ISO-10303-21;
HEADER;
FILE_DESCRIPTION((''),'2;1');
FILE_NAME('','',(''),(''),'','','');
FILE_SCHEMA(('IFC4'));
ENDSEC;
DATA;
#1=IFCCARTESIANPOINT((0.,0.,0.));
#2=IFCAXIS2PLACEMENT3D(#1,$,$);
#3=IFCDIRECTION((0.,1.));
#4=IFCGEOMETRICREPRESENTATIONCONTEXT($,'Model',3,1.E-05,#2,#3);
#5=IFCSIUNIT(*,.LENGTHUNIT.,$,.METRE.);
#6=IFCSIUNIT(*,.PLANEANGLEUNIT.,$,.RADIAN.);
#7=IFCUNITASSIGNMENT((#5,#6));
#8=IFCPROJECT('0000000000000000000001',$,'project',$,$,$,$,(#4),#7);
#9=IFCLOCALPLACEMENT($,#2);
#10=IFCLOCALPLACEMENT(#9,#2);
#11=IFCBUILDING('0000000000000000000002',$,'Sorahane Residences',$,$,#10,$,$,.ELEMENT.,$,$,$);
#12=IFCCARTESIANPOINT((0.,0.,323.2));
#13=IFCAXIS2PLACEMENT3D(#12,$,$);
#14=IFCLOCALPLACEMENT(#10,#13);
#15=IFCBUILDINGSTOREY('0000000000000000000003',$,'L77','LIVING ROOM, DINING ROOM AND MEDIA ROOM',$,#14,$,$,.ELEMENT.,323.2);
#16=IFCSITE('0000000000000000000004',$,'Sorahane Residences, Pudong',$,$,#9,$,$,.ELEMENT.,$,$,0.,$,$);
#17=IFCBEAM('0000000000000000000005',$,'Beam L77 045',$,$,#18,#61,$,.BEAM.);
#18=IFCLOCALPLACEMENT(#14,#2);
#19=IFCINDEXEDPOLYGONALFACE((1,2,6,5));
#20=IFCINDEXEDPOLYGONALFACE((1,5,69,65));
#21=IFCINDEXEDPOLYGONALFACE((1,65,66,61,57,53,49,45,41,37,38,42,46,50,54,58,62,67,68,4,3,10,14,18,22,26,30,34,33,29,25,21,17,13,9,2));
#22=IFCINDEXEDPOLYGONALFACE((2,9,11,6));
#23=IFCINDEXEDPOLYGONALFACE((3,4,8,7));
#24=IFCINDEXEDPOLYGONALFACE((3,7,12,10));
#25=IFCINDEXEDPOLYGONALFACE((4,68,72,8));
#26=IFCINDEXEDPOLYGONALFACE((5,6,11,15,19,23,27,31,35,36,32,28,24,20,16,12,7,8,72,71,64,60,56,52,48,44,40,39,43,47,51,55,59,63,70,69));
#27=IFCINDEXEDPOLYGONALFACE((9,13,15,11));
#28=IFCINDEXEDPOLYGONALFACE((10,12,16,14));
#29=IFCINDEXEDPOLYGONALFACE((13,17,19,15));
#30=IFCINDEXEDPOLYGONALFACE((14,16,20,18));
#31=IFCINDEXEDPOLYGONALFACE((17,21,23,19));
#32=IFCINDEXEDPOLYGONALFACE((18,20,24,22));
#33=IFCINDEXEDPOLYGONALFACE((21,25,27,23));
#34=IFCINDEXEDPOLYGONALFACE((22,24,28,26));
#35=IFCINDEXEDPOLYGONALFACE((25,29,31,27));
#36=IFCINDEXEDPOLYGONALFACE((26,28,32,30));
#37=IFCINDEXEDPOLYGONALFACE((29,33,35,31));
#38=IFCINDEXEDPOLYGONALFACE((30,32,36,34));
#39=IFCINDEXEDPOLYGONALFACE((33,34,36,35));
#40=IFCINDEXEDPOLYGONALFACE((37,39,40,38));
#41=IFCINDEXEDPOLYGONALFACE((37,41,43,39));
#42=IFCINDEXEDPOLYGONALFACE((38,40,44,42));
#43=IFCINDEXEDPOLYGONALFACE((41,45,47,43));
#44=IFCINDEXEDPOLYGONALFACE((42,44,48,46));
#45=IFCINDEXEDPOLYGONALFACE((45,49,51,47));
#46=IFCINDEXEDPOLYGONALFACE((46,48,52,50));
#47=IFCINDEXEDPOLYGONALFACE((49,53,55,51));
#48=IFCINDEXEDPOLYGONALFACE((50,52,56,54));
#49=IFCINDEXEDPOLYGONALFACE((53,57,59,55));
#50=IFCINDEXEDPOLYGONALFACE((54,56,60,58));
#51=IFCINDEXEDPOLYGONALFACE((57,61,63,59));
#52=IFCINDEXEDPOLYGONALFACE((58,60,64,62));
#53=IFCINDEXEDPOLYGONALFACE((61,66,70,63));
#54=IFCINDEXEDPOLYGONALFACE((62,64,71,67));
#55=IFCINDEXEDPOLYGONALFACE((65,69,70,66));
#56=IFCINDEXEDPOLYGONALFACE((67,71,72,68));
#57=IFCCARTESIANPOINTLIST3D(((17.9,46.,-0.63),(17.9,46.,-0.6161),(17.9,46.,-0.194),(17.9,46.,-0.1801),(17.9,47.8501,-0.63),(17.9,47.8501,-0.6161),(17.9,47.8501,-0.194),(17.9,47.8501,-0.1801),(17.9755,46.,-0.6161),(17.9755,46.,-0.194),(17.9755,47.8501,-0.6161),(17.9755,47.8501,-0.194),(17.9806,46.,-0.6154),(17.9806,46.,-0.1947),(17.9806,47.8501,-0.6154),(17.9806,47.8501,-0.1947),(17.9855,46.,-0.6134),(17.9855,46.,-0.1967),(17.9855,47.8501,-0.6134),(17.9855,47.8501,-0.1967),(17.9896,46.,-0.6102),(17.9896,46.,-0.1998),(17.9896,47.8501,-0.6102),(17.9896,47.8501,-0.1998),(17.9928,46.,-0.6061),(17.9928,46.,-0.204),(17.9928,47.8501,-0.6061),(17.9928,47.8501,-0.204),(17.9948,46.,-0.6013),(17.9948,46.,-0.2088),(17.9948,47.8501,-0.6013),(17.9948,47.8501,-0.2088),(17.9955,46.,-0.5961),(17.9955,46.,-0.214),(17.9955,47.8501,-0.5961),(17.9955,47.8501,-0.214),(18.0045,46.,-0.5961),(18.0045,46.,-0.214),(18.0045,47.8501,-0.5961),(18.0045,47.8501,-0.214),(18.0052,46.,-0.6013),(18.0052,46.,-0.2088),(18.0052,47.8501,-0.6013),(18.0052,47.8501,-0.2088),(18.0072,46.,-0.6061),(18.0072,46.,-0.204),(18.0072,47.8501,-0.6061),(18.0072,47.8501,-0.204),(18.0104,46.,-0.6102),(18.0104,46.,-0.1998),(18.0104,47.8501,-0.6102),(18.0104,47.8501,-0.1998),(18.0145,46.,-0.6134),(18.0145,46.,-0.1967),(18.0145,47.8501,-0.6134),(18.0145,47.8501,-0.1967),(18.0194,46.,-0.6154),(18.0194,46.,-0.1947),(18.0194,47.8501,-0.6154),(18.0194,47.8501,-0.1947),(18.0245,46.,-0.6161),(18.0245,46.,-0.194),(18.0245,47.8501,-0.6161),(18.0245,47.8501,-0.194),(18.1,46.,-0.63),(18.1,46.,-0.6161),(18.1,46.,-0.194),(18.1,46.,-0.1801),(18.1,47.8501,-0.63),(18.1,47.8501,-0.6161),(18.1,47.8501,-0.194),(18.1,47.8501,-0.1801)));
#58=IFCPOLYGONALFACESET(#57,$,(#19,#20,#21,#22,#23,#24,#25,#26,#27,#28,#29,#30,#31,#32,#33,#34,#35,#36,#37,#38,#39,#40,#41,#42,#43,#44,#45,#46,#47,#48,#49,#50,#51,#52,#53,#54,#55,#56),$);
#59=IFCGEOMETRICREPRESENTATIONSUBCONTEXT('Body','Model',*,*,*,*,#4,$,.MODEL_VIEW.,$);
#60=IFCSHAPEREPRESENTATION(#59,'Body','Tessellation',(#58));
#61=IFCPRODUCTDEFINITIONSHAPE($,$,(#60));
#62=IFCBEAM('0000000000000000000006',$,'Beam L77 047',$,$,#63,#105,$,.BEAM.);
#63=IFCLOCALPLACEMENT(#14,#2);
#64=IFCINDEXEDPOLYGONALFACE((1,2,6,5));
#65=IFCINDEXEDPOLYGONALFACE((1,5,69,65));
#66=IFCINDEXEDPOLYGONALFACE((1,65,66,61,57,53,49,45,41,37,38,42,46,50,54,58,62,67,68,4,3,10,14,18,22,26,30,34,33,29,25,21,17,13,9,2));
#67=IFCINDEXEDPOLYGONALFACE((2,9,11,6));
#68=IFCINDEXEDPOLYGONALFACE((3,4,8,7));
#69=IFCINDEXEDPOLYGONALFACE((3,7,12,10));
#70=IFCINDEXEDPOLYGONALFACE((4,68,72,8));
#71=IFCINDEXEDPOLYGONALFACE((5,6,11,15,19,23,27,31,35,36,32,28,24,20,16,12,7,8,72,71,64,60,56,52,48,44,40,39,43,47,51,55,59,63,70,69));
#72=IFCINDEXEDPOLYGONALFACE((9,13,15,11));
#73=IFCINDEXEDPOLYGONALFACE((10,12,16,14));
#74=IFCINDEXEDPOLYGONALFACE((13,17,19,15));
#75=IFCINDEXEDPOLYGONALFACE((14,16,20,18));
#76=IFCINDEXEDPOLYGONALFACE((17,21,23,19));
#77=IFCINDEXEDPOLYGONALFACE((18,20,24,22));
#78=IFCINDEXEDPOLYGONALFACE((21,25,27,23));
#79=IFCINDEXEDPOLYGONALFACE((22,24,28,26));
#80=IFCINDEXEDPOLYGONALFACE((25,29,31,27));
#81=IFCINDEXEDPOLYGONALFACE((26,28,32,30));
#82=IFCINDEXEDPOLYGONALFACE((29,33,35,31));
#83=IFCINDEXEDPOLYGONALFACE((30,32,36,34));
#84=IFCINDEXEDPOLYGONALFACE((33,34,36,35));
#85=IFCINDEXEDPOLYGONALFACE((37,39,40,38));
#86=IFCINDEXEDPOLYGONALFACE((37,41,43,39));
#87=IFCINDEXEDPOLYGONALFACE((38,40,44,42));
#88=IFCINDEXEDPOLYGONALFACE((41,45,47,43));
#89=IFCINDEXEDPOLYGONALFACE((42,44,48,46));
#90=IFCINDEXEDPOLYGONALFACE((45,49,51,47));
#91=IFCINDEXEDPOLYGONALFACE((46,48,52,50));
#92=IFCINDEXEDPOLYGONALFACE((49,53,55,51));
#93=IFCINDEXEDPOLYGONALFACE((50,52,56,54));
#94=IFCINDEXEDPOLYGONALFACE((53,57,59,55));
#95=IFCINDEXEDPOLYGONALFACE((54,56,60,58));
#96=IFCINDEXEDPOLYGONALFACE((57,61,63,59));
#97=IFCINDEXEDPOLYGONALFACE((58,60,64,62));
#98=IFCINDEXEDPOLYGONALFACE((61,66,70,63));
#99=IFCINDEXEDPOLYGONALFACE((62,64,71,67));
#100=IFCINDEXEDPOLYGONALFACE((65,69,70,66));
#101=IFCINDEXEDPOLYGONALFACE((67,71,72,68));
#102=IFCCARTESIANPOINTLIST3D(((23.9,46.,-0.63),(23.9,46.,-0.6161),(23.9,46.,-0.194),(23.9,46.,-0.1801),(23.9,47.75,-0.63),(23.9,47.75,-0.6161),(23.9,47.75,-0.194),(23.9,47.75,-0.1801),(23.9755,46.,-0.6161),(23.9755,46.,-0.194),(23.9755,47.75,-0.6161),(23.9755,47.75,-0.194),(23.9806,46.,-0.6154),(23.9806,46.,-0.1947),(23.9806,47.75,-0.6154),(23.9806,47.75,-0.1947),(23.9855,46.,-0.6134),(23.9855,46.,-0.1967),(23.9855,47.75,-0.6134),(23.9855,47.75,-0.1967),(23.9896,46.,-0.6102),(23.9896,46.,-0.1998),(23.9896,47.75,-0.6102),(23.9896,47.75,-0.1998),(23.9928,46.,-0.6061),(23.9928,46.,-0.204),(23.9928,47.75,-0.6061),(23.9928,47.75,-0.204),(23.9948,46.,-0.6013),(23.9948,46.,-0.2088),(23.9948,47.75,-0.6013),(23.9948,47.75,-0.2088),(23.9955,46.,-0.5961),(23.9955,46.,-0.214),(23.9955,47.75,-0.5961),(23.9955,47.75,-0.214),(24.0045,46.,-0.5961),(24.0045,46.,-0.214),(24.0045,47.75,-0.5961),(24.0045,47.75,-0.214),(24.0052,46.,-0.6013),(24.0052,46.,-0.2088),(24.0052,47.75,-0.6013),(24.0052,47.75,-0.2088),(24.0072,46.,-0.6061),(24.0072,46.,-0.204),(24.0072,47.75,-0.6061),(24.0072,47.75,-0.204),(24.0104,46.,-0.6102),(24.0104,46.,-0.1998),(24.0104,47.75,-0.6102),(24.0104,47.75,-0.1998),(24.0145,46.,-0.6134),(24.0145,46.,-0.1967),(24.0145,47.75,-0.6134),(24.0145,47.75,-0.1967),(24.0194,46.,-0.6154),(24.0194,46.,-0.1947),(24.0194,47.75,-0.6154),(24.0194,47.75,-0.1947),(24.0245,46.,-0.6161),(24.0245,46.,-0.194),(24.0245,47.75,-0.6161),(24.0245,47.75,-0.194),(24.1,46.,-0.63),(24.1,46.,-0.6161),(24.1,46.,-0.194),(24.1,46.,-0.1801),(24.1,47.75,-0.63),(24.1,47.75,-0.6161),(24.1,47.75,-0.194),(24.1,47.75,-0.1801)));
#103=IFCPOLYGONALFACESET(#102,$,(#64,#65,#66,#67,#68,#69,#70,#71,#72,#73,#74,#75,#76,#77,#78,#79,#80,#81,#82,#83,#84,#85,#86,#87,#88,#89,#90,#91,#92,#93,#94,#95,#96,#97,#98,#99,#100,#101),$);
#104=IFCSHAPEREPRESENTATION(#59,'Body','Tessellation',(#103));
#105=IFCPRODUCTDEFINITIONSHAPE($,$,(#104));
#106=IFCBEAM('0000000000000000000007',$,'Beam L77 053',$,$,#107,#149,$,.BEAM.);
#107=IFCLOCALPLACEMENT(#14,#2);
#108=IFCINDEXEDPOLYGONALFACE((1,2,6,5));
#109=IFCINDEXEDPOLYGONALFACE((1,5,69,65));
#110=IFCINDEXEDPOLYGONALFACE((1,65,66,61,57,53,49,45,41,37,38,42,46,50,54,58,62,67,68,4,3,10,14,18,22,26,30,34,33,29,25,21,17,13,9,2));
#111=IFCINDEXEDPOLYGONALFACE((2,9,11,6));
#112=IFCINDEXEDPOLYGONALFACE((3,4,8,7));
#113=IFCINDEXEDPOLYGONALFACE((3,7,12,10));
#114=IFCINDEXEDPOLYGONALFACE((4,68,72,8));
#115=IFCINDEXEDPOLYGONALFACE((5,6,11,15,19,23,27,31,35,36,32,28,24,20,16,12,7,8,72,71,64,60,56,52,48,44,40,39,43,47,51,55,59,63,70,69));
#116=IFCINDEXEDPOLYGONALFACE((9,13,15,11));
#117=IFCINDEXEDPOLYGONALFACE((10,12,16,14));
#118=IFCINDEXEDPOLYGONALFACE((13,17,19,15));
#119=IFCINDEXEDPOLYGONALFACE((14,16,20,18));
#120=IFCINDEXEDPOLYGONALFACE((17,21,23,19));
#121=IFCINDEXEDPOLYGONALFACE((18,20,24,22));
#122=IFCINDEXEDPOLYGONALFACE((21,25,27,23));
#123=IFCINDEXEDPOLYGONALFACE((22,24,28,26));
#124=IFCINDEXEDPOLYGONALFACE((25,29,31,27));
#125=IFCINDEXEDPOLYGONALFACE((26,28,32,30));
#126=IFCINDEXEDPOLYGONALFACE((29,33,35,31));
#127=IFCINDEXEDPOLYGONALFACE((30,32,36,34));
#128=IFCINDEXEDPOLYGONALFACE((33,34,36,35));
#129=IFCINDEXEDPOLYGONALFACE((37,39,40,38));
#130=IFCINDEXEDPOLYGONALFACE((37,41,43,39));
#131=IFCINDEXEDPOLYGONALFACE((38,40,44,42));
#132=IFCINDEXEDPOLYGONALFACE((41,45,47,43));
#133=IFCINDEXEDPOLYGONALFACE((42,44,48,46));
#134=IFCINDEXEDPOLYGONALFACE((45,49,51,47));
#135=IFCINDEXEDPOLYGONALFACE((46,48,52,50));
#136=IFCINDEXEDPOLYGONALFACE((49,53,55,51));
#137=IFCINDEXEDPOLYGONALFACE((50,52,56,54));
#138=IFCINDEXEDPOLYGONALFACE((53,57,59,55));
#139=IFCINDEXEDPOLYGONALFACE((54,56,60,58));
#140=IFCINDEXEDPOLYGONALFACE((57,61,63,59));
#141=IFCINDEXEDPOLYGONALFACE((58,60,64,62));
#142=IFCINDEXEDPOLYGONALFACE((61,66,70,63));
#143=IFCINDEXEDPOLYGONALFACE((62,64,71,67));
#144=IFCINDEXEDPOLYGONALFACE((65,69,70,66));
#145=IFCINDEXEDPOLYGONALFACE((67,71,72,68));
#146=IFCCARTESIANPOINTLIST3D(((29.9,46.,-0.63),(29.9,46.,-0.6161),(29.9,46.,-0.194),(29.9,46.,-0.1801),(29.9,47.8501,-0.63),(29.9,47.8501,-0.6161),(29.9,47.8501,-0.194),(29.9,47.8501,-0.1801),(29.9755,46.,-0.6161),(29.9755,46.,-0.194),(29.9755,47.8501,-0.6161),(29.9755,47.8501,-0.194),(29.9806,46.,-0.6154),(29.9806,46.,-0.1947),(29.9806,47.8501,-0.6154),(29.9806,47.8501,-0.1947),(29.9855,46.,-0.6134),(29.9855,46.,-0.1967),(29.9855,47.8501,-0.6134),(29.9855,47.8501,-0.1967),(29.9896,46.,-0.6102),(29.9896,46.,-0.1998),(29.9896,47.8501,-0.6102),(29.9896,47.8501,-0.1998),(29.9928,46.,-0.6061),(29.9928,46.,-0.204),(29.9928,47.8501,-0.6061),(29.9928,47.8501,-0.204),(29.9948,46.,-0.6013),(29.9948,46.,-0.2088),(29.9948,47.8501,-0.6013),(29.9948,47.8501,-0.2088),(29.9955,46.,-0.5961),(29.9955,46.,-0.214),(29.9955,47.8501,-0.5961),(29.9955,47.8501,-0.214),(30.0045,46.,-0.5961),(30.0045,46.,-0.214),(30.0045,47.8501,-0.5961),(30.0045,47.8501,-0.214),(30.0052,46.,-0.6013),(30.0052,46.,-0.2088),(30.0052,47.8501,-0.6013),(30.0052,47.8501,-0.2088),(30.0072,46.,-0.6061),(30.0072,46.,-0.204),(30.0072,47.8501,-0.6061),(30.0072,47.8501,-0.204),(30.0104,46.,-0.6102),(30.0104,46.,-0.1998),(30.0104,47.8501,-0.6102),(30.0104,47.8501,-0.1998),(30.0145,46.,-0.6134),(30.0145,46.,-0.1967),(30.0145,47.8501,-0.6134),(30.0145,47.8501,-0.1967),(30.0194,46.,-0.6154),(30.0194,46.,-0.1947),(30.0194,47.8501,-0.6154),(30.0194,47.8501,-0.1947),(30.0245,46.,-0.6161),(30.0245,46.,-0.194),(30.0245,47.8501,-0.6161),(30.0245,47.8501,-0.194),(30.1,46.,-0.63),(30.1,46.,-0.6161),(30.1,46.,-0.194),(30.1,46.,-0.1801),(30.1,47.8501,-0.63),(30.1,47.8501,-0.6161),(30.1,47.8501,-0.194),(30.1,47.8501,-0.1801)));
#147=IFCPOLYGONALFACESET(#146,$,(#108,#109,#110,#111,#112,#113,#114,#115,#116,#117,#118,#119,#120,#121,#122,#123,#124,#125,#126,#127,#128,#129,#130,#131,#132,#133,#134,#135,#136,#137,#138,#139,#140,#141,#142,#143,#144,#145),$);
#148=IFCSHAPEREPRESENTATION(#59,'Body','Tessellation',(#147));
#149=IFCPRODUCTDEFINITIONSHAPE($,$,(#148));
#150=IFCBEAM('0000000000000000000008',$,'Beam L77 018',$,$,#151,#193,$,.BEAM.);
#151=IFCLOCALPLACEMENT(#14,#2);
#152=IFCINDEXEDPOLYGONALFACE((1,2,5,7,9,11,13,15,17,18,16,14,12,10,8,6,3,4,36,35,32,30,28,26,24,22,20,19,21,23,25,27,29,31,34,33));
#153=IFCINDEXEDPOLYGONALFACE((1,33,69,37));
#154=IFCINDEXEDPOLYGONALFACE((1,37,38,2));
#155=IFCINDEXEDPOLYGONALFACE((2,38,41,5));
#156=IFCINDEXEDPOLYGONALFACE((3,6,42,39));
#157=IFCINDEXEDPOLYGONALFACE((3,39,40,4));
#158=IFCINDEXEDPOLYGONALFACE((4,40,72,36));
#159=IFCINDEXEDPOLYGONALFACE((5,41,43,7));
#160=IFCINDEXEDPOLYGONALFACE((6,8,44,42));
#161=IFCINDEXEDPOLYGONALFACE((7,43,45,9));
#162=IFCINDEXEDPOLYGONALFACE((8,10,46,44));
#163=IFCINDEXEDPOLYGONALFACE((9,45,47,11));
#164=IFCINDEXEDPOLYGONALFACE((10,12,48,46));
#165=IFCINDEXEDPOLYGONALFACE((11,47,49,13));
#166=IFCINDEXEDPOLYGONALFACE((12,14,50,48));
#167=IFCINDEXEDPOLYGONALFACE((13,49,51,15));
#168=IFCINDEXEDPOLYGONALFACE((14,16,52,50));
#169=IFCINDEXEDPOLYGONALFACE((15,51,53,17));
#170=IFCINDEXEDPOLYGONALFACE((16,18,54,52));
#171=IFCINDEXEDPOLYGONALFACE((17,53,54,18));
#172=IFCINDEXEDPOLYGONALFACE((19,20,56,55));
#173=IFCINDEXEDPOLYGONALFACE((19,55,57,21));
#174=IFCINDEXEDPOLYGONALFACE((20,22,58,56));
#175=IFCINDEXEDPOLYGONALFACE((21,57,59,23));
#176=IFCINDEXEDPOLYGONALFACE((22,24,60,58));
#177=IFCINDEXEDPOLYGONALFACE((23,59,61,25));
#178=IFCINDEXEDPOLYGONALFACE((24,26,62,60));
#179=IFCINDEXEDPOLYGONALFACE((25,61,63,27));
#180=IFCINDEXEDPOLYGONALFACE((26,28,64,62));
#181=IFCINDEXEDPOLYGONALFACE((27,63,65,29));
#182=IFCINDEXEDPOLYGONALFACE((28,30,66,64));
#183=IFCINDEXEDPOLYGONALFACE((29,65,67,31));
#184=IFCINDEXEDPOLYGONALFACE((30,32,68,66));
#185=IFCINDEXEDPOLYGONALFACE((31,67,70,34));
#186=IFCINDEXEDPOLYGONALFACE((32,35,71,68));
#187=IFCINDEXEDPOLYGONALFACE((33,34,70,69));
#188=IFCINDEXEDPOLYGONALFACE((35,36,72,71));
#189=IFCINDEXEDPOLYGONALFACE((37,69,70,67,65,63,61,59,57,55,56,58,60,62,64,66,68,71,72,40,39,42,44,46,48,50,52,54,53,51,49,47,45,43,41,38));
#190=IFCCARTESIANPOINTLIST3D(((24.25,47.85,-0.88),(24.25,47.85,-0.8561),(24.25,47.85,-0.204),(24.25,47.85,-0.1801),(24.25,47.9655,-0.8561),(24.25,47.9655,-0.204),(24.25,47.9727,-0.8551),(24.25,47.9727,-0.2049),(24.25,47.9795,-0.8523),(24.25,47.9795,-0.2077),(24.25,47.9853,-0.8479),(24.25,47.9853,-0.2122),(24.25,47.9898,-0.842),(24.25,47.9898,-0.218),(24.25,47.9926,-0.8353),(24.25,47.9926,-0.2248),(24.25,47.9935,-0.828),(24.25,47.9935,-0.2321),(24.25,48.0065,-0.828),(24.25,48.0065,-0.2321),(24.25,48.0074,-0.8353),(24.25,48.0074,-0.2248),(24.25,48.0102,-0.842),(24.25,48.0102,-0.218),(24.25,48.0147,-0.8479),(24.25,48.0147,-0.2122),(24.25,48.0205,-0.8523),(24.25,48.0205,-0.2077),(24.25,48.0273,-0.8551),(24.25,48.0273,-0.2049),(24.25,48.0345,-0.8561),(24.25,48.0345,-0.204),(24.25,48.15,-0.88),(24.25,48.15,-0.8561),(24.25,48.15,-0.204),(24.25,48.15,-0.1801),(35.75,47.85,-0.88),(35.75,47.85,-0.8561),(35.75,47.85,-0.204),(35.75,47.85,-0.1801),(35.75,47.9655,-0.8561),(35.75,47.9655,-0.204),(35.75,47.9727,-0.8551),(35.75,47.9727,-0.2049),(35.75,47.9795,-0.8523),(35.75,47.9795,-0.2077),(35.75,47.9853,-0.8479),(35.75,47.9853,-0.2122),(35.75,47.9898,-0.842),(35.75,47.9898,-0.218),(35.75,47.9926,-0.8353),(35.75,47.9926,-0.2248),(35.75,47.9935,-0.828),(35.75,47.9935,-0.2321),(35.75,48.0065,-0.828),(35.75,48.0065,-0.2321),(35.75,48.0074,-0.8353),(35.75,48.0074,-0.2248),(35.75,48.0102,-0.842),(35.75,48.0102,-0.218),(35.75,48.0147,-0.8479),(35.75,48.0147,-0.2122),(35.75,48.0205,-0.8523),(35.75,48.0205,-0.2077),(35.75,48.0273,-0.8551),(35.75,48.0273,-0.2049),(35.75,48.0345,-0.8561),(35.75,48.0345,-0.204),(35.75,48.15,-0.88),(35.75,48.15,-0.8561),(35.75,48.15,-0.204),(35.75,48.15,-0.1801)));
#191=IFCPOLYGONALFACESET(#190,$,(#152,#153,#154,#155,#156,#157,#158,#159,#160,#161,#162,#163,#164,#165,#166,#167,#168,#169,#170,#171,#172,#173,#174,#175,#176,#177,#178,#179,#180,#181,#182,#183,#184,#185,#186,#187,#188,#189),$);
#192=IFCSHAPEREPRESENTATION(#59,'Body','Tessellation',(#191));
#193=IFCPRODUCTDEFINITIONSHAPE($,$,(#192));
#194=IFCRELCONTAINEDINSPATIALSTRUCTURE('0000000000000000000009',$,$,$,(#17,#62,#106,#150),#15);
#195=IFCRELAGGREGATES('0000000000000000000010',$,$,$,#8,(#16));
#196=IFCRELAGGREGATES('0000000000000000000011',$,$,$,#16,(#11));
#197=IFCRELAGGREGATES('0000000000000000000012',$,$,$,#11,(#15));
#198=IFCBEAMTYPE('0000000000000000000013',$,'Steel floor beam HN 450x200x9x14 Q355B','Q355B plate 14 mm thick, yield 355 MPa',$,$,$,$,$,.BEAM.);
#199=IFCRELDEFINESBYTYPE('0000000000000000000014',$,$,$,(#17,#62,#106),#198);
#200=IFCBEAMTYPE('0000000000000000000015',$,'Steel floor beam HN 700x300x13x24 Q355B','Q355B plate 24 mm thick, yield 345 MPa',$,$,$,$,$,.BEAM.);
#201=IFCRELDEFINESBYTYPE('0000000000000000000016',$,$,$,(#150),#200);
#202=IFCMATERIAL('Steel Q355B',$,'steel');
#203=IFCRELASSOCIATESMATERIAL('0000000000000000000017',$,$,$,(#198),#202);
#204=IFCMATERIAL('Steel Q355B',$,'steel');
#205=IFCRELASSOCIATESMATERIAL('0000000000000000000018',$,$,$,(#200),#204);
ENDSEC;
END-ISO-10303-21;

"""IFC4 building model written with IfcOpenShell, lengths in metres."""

from ifc_helpers import new_model, si_unit, direction, frame, origin, origin_2d, place, context, subcontext, project, spatial, i_section, extrude, material, material_profile, profile_set, type_object, element, save


model = new_model("IFC4")

# Units and contexts
model_context = context("Model", 3, precision=1e-05, world=origin(), true_north=direction((0.0, 1.0)))
body_context = subcontext(model_context, "Body", "Model", "MODEL_VIEW")
ifc_project = project(units=[si_unit("LENGTHUNIT", "METRE"), si_unit("PLANEANGLEUNIT", "RADIAN")], contexts=[model_context])

# Site, building, storey
site_placement = place(None, origin())
site = spatial("IfcSite", under=ifc_project, at=site_placement, Name="Sorahane Residences, Pudong", CompositionType="ELEMENT", RefElevation=0.0)
building_placement = place(site_placement, origin())
building = spatial("IfcBuilding", under=site, at=building_placement, Name="Sorahane Residences", CompositionType="ELEMENT")
storey_placement = place(building_placement, frame((0.0, 0.0, 323.2)))
storey = spatial("IfcBuildingStorey", under=building, at=storey_placement, Name="L77", Description="LIVING ROOM, DINING ROOM AND MEDIA ROOM", CompositionType="ELEMENT", Elevation=323.2)

# Beams
ifc_material_1 = material(Name="Steel Q355B", Category="steel")
ifc_material_profile_1 = material_profile(ifc_material_1, i_section(OverallWidth=0.2, OverallDepth=0.45, WebThickness=0.009, FlangeThickness=0.0139, FilletRadius=0.02, at=origin_2d()), Name="HN 450x200x9x14")
ifc_profile_set_1 = profile_set([ifc_material_profile_1], Name="Steel Q355B")
beam_type_1 = type_object("IfcBeamType", Name="Steel floor beam HN 450x200x9x14 Q355B", Description="Q355B plate 14 mm thick, yield 355 MPa", PredefinedType="BEAM", material=ifc_profile_set_1)
beam_1_placement = place(storey_placement, frame((18.0, 46.0, -0.405), z_axis=(0.0, 1.0, 0.0), x_axis=(-1.0, 0.0, 0.0)))
element("IfcBeam", 1, at=beam_1_placement, inside=storey, type_object=beam_type_1, Name="Beam L77 045", PredefinedType="BEAM", context=body_context, shape_type="SweptSolid", body=[
    extrude(i_section(OverallWidth=0.2, OverallDepth=0.45, WebThickness=0.009, FlangeThickness=0.0139, FilletRadius=0.02, at=origin_2d()), origin(), (0.0, 0.0, 1.0), 1.8501),
])
beam_2_placement = place(storey_placement, frame((24.0, 46.0, -0.405), z_axis=(0.0, 1.0, 0.0), x_axis=(-1.0, 0.0, 0.0)))
element("IfcBeam", 2, at=beam_2_placement, inside=storey, type_object=beam_type_1, Name="Beam L77 047", PredefinedType="BEAM", context=body_context, shape_type="SweptSolid", body=[
    extrude(i_section(OverallWidth=0.2, OverallDepth=0.45, WebThickness=0.009, FlangeThickness=0.0139, FilletRadius=0.02, at=origin_2d()), origin(), (0.0, 0.0, 1.0), 1.75),
])
beam_3_placement = place(storey_placement, frame((30.0, 46.0, -0.405), z_axis=(0.0, 1.0, 0.0), x_axis=(-1.0, 0.0, 0.0)))
element("IfcBeam", 3, at=beam_3_placement, inside=storey, type_object=beam_type_1, Name="Beam L77 053", PredefinedType="BEAM", context=body_context, shape_type="SweptSolid", body=[
    extrude(i_section(OverallWidth=0.2, OverallDepth=0.45, WebThickness=0.009, FlangeThickness=0.0139, FilletRadius=0.02, at=origin_2d()), origin(), (0.0, 0.0, 1.0), 1.8501),
])
ifc_material_2 = material(Name="Steel Q355B", Category="steel")
ifc_material_profile_2 = material_profile(ifc_material_2, i_section(OverallWidth=0.3, OverallDepth=0.7, WebThickness=0.0129, FlangeThickness=0.0239, FilletRadius=0.0281, at=origin_2d()), Name="HN 700x300x13x24")
ifc_profile_set_2 = profile_set([ifc_material_profile_2], Name="Steel Q355B")
beam_type_2 = type_object("IfcBeamType", Name="Steel floor beam HN 700x300x13x24 Q355B", Description="Q355B plate 24 mm thick, yield 345 MPa", PredefinedType="BEAM", material=ifc_profile_set_2)
beam_4_placement = place(storey_placement, frame((24.25, 48.0, -0.53), z_axis=(1.0, 0.0, 0.0), x_axis=(0.0, 1.0, 0.0)))
element("IfcBeam", 4, at=beam_4_placement, inside=storey, type_object=beam_type_2, Name="Beam L77 018", PredefinedType="BEAM", context=body_context, shape_type="SweptSolid", body=[
    extrude(i_section(OverallWidth=0.3, OverallDepth=0.7, WebThickness=0.0129, FlangeThickness=0.0239, FilletRadius=0.0281, at=origin_2d()), origin(), (0.0, 0.0, 1.0), 11.5),
])

save(model, "model.ifc")
